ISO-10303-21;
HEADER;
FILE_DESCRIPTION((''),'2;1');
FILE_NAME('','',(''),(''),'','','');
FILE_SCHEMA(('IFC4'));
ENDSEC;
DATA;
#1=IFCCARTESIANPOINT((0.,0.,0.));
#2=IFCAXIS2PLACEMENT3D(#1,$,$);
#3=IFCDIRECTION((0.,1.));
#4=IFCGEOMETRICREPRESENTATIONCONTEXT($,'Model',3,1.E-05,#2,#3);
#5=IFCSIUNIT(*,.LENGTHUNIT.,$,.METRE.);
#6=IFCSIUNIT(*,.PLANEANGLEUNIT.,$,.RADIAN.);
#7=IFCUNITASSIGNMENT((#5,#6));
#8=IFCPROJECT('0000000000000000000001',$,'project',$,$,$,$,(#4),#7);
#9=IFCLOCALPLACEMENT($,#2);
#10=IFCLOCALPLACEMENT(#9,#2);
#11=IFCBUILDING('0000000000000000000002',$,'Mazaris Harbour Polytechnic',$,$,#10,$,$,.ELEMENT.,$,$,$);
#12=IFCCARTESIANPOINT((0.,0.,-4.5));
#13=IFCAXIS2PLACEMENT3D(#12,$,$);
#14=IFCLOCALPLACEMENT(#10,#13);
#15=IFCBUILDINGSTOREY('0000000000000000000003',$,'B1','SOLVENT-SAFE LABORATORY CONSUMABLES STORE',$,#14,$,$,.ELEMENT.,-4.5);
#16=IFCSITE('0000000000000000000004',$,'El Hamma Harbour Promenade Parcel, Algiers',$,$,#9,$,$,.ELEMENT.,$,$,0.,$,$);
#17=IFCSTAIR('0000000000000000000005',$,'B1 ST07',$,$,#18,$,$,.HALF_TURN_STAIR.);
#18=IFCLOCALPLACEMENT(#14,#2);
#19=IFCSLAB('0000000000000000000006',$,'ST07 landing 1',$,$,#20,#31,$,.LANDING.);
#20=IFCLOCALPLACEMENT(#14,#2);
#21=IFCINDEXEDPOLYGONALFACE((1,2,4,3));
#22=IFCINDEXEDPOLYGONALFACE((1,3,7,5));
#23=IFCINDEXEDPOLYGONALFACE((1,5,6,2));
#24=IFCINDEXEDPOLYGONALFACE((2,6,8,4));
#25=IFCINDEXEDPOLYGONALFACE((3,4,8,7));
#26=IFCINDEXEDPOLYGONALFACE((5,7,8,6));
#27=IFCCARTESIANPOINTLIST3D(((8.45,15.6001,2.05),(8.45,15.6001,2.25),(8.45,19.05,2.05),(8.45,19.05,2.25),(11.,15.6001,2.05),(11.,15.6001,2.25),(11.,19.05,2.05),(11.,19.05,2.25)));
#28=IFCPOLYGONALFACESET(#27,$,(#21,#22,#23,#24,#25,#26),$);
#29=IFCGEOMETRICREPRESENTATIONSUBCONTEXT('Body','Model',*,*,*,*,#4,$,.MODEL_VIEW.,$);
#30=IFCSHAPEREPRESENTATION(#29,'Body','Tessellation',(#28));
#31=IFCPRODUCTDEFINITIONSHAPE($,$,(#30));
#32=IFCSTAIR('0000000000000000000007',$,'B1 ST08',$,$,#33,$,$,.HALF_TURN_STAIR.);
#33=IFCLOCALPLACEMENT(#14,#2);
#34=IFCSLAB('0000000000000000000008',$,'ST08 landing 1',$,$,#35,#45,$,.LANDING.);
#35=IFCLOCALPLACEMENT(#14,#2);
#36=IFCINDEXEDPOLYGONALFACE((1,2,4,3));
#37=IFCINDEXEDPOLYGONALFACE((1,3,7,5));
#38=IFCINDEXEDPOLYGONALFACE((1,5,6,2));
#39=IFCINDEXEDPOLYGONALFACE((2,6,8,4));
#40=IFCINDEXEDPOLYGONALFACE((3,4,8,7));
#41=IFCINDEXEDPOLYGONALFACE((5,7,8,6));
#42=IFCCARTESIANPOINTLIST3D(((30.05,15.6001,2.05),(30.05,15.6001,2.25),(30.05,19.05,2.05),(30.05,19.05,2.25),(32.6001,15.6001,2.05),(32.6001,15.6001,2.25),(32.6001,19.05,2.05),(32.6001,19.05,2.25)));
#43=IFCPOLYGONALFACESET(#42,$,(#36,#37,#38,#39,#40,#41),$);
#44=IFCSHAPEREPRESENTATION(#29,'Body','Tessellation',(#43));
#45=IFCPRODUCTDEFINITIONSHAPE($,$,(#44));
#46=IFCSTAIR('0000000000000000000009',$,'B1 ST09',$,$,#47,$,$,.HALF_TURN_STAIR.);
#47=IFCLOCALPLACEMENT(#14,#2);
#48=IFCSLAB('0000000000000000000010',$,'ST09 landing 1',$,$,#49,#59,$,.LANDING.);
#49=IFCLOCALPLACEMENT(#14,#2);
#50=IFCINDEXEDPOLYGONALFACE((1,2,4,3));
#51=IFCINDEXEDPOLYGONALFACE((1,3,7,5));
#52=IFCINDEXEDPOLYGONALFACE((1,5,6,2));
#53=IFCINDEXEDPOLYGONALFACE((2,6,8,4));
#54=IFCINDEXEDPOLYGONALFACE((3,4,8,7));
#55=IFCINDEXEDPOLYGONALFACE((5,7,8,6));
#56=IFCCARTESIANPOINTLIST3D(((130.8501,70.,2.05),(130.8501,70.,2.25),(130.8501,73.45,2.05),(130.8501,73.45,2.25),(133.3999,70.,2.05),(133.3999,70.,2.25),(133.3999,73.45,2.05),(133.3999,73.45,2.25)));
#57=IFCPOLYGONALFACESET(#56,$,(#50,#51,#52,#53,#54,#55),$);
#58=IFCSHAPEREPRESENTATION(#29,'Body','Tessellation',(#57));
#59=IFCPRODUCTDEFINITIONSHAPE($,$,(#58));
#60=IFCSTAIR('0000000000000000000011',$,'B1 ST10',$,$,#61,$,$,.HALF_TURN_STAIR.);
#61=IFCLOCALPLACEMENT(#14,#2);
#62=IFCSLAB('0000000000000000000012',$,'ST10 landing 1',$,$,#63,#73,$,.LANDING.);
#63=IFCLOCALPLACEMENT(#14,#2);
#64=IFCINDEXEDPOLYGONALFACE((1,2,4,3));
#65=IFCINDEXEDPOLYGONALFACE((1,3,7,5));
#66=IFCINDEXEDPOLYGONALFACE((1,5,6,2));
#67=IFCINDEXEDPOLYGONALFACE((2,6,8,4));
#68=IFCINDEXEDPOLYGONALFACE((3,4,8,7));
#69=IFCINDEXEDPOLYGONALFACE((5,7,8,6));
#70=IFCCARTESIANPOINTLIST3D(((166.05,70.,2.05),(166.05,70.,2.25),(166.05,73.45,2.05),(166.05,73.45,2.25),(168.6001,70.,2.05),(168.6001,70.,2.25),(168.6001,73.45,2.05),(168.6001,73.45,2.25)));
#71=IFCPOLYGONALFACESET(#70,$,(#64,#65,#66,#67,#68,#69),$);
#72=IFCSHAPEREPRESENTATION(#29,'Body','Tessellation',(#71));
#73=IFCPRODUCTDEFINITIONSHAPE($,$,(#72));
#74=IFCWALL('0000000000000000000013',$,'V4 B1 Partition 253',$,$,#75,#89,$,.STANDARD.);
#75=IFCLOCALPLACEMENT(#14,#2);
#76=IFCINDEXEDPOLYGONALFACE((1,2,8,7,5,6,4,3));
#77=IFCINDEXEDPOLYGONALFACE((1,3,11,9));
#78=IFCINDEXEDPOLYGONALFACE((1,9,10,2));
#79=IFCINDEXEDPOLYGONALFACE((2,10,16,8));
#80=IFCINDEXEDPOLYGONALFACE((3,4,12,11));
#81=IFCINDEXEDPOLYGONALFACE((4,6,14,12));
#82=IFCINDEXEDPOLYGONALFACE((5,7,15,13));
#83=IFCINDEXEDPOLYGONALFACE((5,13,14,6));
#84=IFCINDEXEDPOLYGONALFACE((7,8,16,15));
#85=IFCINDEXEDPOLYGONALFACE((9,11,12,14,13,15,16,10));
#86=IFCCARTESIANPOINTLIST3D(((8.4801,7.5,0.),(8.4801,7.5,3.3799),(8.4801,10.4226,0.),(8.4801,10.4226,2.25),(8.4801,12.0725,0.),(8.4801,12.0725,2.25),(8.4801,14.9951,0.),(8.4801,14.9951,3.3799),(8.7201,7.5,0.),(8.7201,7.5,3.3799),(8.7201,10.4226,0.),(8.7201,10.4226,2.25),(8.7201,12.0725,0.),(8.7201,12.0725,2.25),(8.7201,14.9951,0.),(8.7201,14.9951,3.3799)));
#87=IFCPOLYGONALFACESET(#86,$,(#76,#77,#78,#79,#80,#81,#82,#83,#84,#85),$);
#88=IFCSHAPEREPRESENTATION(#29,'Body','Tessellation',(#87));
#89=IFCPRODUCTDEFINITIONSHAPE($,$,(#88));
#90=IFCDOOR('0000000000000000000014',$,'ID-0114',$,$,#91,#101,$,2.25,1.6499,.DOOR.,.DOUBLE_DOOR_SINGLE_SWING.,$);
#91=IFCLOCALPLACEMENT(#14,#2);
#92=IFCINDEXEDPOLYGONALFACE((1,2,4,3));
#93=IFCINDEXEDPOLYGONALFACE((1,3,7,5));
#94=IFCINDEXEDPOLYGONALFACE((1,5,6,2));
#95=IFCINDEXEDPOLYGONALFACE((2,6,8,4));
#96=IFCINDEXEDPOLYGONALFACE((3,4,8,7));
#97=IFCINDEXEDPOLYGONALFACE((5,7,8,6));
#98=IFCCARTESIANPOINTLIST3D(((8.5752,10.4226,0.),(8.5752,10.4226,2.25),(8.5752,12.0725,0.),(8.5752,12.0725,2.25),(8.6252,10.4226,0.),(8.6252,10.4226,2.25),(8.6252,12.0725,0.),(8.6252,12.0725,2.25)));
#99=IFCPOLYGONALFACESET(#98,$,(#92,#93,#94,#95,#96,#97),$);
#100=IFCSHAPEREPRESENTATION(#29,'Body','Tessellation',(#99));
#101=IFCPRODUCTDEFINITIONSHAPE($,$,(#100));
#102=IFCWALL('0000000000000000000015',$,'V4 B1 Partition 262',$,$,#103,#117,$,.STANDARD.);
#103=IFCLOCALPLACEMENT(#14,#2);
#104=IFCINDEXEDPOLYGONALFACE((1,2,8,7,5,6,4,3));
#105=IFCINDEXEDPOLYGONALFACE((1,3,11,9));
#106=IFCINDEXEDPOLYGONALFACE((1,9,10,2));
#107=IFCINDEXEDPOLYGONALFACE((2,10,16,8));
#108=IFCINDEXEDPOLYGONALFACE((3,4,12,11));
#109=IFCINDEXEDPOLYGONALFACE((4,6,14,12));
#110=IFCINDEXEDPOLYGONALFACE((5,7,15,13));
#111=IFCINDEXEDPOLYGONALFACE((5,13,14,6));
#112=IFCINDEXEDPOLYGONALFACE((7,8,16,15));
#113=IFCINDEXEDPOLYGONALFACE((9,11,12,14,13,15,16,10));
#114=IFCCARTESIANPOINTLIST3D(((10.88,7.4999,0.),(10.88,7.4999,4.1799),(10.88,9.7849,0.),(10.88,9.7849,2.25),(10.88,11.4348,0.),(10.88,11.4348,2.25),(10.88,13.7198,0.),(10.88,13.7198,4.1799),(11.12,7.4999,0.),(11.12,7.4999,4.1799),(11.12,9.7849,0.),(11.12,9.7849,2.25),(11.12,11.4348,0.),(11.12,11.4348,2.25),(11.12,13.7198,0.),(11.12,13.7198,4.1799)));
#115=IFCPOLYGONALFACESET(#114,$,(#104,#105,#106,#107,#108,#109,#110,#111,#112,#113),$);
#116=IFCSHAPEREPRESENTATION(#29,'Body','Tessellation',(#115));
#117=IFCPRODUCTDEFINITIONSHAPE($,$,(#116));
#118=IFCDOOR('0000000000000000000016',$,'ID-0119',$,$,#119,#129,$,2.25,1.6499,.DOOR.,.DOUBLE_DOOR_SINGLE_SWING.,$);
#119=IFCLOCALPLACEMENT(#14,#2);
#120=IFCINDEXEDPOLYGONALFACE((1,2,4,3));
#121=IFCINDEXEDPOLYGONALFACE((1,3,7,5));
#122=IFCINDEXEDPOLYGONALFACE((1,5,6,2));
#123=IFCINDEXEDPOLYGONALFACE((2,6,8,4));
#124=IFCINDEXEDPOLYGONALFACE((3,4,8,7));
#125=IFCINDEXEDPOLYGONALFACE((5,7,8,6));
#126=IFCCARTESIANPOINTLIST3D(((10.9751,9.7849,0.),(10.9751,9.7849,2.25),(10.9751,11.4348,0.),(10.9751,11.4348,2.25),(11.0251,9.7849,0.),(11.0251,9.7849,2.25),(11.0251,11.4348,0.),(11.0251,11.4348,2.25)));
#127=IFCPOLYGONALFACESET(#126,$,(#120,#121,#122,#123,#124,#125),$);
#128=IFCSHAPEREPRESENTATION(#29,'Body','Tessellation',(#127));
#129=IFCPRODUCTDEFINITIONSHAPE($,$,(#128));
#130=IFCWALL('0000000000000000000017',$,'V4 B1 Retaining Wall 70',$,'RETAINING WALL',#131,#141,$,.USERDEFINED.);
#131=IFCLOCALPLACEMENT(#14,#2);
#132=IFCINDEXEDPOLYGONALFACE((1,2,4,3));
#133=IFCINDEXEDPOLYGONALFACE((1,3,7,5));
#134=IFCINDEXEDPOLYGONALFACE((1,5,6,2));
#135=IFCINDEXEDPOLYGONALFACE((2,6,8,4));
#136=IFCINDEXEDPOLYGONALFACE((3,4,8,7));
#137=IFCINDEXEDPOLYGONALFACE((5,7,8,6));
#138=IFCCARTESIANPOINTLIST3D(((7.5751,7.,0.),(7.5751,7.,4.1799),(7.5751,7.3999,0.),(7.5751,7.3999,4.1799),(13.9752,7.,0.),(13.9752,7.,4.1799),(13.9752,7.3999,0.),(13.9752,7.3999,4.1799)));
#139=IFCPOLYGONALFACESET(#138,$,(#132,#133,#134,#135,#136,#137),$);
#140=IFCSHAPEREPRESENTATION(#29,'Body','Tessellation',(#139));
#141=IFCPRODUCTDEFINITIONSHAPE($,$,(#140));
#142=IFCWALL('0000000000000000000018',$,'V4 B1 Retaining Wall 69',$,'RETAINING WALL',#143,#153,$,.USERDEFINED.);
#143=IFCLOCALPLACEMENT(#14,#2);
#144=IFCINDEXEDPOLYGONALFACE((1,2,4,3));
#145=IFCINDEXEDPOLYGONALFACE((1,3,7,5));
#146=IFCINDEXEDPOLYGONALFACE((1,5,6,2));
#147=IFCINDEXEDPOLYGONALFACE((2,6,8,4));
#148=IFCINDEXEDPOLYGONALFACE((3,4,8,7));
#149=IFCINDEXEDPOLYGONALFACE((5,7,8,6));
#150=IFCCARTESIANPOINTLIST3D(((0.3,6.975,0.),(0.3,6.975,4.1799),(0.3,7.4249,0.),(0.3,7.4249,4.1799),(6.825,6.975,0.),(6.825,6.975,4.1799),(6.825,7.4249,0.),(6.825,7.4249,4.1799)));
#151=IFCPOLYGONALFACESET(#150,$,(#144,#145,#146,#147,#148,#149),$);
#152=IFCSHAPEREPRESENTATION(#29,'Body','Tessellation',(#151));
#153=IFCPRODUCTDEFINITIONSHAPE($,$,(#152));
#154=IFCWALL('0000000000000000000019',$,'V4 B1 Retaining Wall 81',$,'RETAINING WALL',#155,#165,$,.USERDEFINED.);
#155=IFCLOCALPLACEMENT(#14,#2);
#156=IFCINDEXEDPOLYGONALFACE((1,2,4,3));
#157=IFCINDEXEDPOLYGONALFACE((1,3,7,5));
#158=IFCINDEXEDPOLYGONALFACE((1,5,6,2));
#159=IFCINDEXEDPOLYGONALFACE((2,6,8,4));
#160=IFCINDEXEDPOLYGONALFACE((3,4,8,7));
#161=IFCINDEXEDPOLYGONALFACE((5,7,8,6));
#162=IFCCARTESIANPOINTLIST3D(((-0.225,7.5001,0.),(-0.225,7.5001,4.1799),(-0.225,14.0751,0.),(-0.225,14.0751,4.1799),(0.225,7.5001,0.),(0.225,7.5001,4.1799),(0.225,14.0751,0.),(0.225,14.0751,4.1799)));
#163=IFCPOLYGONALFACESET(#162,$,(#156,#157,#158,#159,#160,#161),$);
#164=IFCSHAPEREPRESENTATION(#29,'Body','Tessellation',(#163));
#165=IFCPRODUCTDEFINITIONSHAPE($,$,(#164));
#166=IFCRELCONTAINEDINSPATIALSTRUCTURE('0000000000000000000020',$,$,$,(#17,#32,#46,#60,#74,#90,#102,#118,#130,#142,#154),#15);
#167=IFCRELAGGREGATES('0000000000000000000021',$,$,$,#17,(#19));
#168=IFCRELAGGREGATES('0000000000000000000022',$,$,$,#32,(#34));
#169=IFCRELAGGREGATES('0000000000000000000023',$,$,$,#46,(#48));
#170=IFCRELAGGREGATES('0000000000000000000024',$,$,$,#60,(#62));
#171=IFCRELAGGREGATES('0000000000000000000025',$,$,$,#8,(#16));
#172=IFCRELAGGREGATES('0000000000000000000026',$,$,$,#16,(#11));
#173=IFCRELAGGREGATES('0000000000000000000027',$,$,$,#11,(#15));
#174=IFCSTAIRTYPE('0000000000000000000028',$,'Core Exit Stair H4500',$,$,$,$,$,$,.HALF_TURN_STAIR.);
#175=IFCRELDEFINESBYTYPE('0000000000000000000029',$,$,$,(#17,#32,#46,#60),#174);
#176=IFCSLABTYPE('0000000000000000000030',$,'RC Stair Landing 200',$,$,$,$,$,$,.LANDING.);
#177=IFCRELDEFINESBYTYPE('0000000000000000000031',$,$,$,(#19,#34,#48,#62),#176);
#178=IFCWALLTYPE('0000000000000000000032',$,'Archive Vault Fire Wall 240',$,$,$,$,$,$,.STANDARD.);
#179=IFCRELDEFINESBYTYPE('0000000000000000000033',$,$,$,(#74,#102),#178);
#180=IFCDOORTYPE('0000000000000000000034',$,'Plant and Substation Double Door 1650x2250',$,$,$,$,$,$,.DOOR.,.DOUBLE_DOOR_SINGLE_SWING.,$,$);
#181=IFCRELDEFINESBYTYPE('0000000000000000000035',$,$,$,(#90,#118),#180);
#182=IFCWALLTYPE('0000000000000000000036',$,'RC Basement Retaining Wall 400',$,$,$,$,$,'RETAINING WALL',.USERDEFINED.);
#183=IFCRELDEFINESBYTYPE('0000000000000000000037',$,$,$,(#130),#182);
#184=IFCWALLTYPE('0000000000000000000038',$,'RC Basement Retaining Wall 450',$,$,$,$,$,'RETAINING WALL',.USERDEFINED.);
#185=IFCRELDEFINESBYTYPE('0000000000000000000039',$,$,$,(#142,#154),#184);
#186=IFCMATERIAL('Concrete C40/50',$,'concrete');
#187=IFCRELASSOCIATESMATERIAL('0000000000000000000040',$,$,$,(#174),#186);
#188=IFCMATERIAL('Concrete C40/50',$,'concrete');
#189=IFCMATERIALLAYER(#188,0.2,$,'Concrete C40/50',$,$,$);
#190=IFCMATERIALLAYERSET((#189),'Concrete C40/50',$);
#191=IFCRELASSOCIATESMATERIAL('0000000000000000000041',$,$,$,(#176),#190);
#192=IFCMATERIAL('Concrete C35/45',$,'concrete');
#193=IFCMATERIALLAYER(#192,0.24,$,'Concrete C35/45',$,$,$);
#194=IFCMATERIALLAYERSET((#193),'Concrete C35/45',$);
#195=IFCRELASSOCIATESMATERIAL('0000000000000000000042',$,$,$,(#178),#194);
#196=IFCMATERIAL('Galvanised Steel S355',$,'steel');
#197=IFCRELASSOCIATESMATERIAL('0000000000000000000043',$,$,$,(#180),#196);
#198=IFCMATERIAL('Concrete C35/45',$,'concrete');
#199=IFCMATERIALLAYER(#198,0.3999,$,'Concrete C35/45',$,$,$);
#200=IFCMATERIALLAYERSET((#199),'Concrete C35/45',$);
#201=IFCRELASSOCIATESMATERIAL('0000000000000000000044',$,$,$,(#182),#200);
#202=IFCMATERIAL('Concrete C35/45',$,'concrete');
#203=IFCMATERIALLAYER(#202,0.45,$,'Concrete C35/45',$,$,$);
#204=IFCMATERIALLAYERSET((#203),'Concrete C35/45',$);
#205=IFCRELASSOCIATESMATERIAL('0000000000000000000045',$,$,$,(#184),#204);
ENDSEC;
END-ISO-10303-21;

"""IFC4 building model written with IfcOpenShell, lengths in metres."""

from ifc_helpers import new_model, si_unit, direction, frame, frame_2d, origin, place, context, subcontext, project, spatial, polyline, rectangle, outline, extrude, material, layer, layer_set, type_object, element, fill, aggregate, save


model = new_model("IFC4")

# Units and contexts
model_context = context("Model", 3, precision=1e-05, world=origin(), true_north=direction((0.0, 1.0)))
body_context = subcontext(model_context, "Body", "Model", "MODEL_VIEW")
ifc_project = project(units=[si_unit("LENGTHUNIT", "METRE"), si_unit("PLANEANGLEUNIT", "RADIAN")], contexts=[model_context])

# Site, building, storey
site_placement = place(None, origin())
site = spatial("IfcSite", under=ifc_project, at=site_placement, Name="El Hamma Harbour Promenade Parcel, Algiers", CompositionType="ELEMENT", RefElevation=0.0)
building_placement = place(site_placement, origin())
building = spatial("IfcBuilding", under=site, at=building_placement, Name="Mazaris Harbour Polytechnic", CompositionType="ELEMENT")
storey_placement = place(building_placement, frame((0.0, 0.0, -4.5)))
storey = spatial("IfcBuildingStorey", under=building, at=storey_placement, Name="B1", Description="SOLVENT-SAFE LABORATORY CONSUMABLES STORE", CompositionType="ELEMENT", Elevation=-4.5)

# Stairs, slabs
ifc_material_1 = material(Name="Concrete C40/50", Category="concrete")
stair_type = type_object("IfcStairType", Name="Core Exit Stair H4500", PredefinedType="HALF_TURN_STAIR", material=ifc_material_1)
ifc_material_2 = material(Name="Concrete C40/50", Category="concrete")
ifc_layer_1 = layer(ifc_material_2, 0.2, Name="Concrete C40/50")
ifc_layer_set_1 = layer_set([ifc_layer_1], Name="Concrete C40/50")
slab_type = type_object("IfcSlabType", Name="RC Stair Landing 200", PredefinedType="LANDING", material=ifc_layer_set_1)
stair_1_placement = place(storey_placement, origin())
stair_1 = element("IfcStair", 1, at=stair_1_placement, inside=storey, type_object=stair_type, Name="B1 ST07", PredefinedType="HALF_TURN_STAIR")
slab_1_placement = place(storey_placement, frame((0.0, 0.0, 2.05)))
slab_1 = element("IfcSlab", 2, at=slab_1_placement, type_object=slab_type, Name="ST07 landing 1", PredefinedType="LANDING", context=body_context, shape_type="SweptSolid", body=[
    extrude(outline(polyline([(8.45, 15.6001), (11.0, 15.6001), (11.0, 19.05), (8.45, 19.05), (8.45, 15.6001)])), origin(), (0.0, 0.0, 1.0), 0.2),
])
aggregate(stair_1, [slab_1])
stair_2_placement = place(storey_placement, origin())
stair_2 = element("IfcStair", 3, at=stair_2_placement, inside=storey, type_object=stair_type, Name="B1 ST08", PredefinedType="HALF_TURN_STAIR")
slab_2_placement = place(storey_placement, frame((0.0, 0.0, 2.05)))
slab_2 = element("IfcSlab", 4, at=slab_2_placement, type_object=slab_type, Name="ST08 landing 1", PredefinedType="LANDING", context=body_context, shape_type="SweptSolid", body=[
    extrude(outline(polyline([(30.05, 15.6001), (32.6001, 15.6001), (32.6001, 19.05), (30.05, 19.05), (30.05, 15.6001)])), origin(), (0.0, 0.0, 1.0), 0.2),
])
aggregate(stair_2, [slab_2])
stair_3_placement = place(storey_placement, origin())
stair_3 = element("IfcStair", 5, at=stair_3_placement, inside=storey, type_object=stair_type, Name="B1 ST09", PredefinedType="HALF_TURN_STAIR")
slab_3_placement = place(storey_placement, frame((0.0, 0.0, 2.05)))
slab_3 = element("IfcSlab", 6, at=slab_3_placement, type_object=slab_type, Name="ST09 landing 1", PredefinedType="LANDING", context=body_context, shape_type="SweptSolid", body=[
    extrude(outline(polyline([(130.8501, 70.0), (133.3999, 70.0), (133.3999, 73.45), (130.8501, 73.45), (130.8501, 70.0)])), origin(), (0.0, 0.0, 1.0), 0.2),
])
aggregate(stair_3, [slab_3])
stair_4_placement = place(storey_placement, origin())
stair_4 = element("IfcStair", 7, at=stair_4_placement, inside=storey, type_object=stair_type, Name="B1 ST10", PredefinedType="HALF_TURN_STAIR")
slab_4_placement = place(storey_placement, frame((0.0, 0.0, 2.05)))
slab_4 = element("IfcSlab", 8, at=slab_4_placement, type_object=slab_type, Name="ST10 landing 1", PredefinedType="LANDING", context=body_context, shape_type="SweptSolid", body=[
    extrude(outline(polyline([(166.05, 70.0), (168.6001, 70.0), (168.6001, 73.45), (166.05, 73.45), (166.05, 70.0)])), origin(), (0.0, 0.0, 1.0), 0.2),
])
aggregate(stair_4, [slab_4])

# Walls, openings, doors
ifc_material_3 = material(Name="Concrete C35/45", Category="concrete")
ifc_layer_2 = layer(ifc_material_3, 0.24, Name="Concrete C35/45")
ifc_layer_set_2 = layer_set([ifc_layer_2], Name="Concrete C35/45")
wall_type_1 = type_object("IfcWallType", Name="Archive Vault Fire Wall 240", PredefinedType="STANDARD", material=ifc_layer_set_2)
wall_1_placement = place(storey_placement, frame((8.6001, 7.5, 0.0), z_axis=(0.0, 0.0, 1.0), x_axis=(0.0, 1.0, 0.0)))
wall_1 = element("IfcWall", 9, at=wall_1_placement, inside=storey, type_object=wall_type_1, Name="V4 B1 Partition 253", PredefinedType="STANDARD", context=body_context, shape_type="SweptSolid", body=[
    extrude(rectangle(XDim=7.4951, YDim=0.24, at=frame_2d((3.7476, 0.0))), origin(), (0.0, 0.0, 1.0), 3.3799),
])
opening_1_placement = place(wall_1_placement, frame((2.9226, 0.0, 0.0)))
opening_1 = element("IfcOpeningElement", 10, at=opening_1_placement, cuts=wall_1, PredefinedType="OPENING", context=body_context, shape_type="SweptSolid", body=[
    extrude(rectangle(XDim=1.6499, YDim=2.25, at=frame_2d((0.825, 1.125))), frame((0.0, 0.1299, 0.0), z_axis=(0.0, -1.0, 0.0), x_axis=(1.0, 0.0, 0.0)), (0.0, 0.0, 1.0), 0.26),
])
ifc_material_4 = material(Name="Galvanised Steel S355", Category="steel")
door_type = type_object("IfcDoorType", Name="Plant and Substation Double Door 1650x2250", OperationType="DOUBLE_DOOR_SINGLE_SWING", PredefinedType="DOOR", material=ifc_material_4)
door_1_placement = place(opening_1_placement, origin())
door_1 = element("IfcDoor", 11, at=door_1_placement, inside=storey, type_object=door_type, Name="ID-0114", OperationType="DOUBLE_DOOR_SINGLE_SWING", OverallHeight=2.25, OverallWidth=1.6499, PredefinedType="DOOR", context=body_context, shape_type="SweptSolid", body=[
    extrude(rectangle(XDim=1.6499, YDim=2.25, at=frame_2d((0.825, 1.125))), frame((0.0, 0.0249, 0.0), z_axis=(0.0, -1.0, 0.0), x_axis=(1.0, 0.0, 0.0)), (0.0, 0.0, 1.0), 0.05),
])
fill(opening_1, door_1)
wall_2_placement = place(storey_placement, frame((11.0, 7.5, 0.0), z_axis=(0.0, 0.0, 1.0), x_axis=(0.0, 1.0, 0.0)))
wall_2 = element("IfcWall", 12, at=wall_2_placement, inside=storey, type_object=wall_type_1, Name="V4 B1 Partition 262", PredefinedType="STANDARD", context=body_context, shape_type="SweptSolid", body=[
    extrude(rectangle(XDim=6.22, YDim=0.24, at=frame_2d((3.1099, 0.0))), origin(), (0.0, 0.0, 1.0), 4.1799),
])
opening_2_placement = place(wall_2_placement, frame((2.2849, 0.0, 0.0)))
opening_2 = element("IfcOpeningElement", 13, at=opening_2_placement, cuts=wall_2, PredefinedType="OPENING", context=body_context, shape_type="SweptSolid", body=[
    extrude(rectangle(XDim=1.6499, YDim=2.25, at=frame_2d((0.825, 1.125))), frame((0.0, 0.1299, 0.0), z_axis=(0.0, -1.0, 0.0), x_axis=(1.0, 0.0, 0.0)), (0.0, 0.0, 1.0), 0.26),
])
door_2_placement = place(opening_2_placement, origin())
door_2 = element("IfcDoor", 14, at=door_2_placement, inside=storey, type_object=door_type, Name="ID-0119", OperationType="DOUBLE_DOOR_SINGLE_SWING", OverallHeight=2.25, OverallWidth=1.6499, PredefinedType="DOOR", context=body_context, shape_type="SweptSolid", body=[
    extrude(rectangle(XDim=1.6499, YDim=2.25, at=frame_2d((0.825, 1.125))), frame((0.0, 0.0249, 0.0), z_axis=(0.0, -1.0, 0.0), x_axis=(1.0, 0.0, 0.0)), (0.0, 0.0, 1.0), 0.05),
])
fill(opening_2, door_2)

# Walls
ifc_material_5 = material(Name="Concrete C35/45", Category="concrete")
ifc_layer_3 = layer(ifc_material_5, 0.3999, Name="Concrete C35/45")
ifc_layer_set_3 = layer_set([ifc_layer_3], Name="Concrete C35/45")
wall_type_2 = type_object("IfcWallType", Name="RC Basement Retaining Wall 400", ElementType="RETAINING WALL", PredefinedType="USERDEFINED", material=ifc_layer_set_3)
wall_3_placement = place(storey_placement, frame((7.575, 7.2, 0.0), z_axis=(0.0, 0.0, 1.0), x_axis=(1.0, 0.0, 0.0)))
element("IfcWall", 15, at=wall_3_placement, inside=storey, type_object=wall_type_2, Name="V4 B1 Retaining Wall 70", ObjectType="RETAINING WALL", PredefinedType="USERDEFINED", context=body_context, shape_type="SweptSolid", body=[
    extrude(rectangle(XDim=6.4001, YDim=0.3999, at=frame_2d((3.2002, 0.0))), origin(), (0.0, 0.0, 1.0), 4.1799),
])
ifc_material_6 = material(Name="Concrete C35/45", Category="concrete")
ifc_layer_4 = layer(ifc_material_6, 0.45, Name="Concrete C35/45")
ifc_layer_set_4 = layer_set([ifc_layer_4], Name="Concrete C35/45")
wall_type_3 = type_object("IfcWallType", Name="RC Basement Retaining Wall 450", ElementType="RETAINING WALL", PredefinedType="USERDEFINED", material=ifc_layer_set_4)
wall_4_placement = place(storey_placement, frame((0.3, 7.2, 0.0), z_axis=(0.0, 0.0, 1.0), x_axis=(1.0, 0.0, 0.0)))
element("IfcWall", 16, at=wall_4_placement, inside=storey, type_object=wall_type_3, Name="V4 B1 Retaining Wall 69", ObjectType="RETAINING WALL", PredefinedType="USERDEFINED", context=body_context, shape_type="SweptSolid", body=[
    extrude(rectangle(XDim=6.5249, YDim=0.45, at=frame_2d((3.2625, 0.0))), origin(), (0.0, 0.0, 1.0), 4.1799),
])
wall_5_placement = place(storey_placement, frame((0.0, 7.5, 0.0), z_axis=(0.0, 0.0, 1.0), x_axis=(0.0, 1.0, 0.0)))
element("IfcWall", 17, at=wall_5_placement, inside=storey, type_object=wall_type_3, Name="V4 B1 Retaining Wall 81", ObjectType="RETAINING WALL", PredefinedType="USERDEFINED", context=body_context, shape_type="SweptSolid", body=[
    extrude(rectangle(XDim=6.575, YDim=0.45, at=frame_2d((3.2876, 0.0))), origin(), (0.0, 0.0, 1.0), 4.1799),
])

save(model, "model.ifc")
